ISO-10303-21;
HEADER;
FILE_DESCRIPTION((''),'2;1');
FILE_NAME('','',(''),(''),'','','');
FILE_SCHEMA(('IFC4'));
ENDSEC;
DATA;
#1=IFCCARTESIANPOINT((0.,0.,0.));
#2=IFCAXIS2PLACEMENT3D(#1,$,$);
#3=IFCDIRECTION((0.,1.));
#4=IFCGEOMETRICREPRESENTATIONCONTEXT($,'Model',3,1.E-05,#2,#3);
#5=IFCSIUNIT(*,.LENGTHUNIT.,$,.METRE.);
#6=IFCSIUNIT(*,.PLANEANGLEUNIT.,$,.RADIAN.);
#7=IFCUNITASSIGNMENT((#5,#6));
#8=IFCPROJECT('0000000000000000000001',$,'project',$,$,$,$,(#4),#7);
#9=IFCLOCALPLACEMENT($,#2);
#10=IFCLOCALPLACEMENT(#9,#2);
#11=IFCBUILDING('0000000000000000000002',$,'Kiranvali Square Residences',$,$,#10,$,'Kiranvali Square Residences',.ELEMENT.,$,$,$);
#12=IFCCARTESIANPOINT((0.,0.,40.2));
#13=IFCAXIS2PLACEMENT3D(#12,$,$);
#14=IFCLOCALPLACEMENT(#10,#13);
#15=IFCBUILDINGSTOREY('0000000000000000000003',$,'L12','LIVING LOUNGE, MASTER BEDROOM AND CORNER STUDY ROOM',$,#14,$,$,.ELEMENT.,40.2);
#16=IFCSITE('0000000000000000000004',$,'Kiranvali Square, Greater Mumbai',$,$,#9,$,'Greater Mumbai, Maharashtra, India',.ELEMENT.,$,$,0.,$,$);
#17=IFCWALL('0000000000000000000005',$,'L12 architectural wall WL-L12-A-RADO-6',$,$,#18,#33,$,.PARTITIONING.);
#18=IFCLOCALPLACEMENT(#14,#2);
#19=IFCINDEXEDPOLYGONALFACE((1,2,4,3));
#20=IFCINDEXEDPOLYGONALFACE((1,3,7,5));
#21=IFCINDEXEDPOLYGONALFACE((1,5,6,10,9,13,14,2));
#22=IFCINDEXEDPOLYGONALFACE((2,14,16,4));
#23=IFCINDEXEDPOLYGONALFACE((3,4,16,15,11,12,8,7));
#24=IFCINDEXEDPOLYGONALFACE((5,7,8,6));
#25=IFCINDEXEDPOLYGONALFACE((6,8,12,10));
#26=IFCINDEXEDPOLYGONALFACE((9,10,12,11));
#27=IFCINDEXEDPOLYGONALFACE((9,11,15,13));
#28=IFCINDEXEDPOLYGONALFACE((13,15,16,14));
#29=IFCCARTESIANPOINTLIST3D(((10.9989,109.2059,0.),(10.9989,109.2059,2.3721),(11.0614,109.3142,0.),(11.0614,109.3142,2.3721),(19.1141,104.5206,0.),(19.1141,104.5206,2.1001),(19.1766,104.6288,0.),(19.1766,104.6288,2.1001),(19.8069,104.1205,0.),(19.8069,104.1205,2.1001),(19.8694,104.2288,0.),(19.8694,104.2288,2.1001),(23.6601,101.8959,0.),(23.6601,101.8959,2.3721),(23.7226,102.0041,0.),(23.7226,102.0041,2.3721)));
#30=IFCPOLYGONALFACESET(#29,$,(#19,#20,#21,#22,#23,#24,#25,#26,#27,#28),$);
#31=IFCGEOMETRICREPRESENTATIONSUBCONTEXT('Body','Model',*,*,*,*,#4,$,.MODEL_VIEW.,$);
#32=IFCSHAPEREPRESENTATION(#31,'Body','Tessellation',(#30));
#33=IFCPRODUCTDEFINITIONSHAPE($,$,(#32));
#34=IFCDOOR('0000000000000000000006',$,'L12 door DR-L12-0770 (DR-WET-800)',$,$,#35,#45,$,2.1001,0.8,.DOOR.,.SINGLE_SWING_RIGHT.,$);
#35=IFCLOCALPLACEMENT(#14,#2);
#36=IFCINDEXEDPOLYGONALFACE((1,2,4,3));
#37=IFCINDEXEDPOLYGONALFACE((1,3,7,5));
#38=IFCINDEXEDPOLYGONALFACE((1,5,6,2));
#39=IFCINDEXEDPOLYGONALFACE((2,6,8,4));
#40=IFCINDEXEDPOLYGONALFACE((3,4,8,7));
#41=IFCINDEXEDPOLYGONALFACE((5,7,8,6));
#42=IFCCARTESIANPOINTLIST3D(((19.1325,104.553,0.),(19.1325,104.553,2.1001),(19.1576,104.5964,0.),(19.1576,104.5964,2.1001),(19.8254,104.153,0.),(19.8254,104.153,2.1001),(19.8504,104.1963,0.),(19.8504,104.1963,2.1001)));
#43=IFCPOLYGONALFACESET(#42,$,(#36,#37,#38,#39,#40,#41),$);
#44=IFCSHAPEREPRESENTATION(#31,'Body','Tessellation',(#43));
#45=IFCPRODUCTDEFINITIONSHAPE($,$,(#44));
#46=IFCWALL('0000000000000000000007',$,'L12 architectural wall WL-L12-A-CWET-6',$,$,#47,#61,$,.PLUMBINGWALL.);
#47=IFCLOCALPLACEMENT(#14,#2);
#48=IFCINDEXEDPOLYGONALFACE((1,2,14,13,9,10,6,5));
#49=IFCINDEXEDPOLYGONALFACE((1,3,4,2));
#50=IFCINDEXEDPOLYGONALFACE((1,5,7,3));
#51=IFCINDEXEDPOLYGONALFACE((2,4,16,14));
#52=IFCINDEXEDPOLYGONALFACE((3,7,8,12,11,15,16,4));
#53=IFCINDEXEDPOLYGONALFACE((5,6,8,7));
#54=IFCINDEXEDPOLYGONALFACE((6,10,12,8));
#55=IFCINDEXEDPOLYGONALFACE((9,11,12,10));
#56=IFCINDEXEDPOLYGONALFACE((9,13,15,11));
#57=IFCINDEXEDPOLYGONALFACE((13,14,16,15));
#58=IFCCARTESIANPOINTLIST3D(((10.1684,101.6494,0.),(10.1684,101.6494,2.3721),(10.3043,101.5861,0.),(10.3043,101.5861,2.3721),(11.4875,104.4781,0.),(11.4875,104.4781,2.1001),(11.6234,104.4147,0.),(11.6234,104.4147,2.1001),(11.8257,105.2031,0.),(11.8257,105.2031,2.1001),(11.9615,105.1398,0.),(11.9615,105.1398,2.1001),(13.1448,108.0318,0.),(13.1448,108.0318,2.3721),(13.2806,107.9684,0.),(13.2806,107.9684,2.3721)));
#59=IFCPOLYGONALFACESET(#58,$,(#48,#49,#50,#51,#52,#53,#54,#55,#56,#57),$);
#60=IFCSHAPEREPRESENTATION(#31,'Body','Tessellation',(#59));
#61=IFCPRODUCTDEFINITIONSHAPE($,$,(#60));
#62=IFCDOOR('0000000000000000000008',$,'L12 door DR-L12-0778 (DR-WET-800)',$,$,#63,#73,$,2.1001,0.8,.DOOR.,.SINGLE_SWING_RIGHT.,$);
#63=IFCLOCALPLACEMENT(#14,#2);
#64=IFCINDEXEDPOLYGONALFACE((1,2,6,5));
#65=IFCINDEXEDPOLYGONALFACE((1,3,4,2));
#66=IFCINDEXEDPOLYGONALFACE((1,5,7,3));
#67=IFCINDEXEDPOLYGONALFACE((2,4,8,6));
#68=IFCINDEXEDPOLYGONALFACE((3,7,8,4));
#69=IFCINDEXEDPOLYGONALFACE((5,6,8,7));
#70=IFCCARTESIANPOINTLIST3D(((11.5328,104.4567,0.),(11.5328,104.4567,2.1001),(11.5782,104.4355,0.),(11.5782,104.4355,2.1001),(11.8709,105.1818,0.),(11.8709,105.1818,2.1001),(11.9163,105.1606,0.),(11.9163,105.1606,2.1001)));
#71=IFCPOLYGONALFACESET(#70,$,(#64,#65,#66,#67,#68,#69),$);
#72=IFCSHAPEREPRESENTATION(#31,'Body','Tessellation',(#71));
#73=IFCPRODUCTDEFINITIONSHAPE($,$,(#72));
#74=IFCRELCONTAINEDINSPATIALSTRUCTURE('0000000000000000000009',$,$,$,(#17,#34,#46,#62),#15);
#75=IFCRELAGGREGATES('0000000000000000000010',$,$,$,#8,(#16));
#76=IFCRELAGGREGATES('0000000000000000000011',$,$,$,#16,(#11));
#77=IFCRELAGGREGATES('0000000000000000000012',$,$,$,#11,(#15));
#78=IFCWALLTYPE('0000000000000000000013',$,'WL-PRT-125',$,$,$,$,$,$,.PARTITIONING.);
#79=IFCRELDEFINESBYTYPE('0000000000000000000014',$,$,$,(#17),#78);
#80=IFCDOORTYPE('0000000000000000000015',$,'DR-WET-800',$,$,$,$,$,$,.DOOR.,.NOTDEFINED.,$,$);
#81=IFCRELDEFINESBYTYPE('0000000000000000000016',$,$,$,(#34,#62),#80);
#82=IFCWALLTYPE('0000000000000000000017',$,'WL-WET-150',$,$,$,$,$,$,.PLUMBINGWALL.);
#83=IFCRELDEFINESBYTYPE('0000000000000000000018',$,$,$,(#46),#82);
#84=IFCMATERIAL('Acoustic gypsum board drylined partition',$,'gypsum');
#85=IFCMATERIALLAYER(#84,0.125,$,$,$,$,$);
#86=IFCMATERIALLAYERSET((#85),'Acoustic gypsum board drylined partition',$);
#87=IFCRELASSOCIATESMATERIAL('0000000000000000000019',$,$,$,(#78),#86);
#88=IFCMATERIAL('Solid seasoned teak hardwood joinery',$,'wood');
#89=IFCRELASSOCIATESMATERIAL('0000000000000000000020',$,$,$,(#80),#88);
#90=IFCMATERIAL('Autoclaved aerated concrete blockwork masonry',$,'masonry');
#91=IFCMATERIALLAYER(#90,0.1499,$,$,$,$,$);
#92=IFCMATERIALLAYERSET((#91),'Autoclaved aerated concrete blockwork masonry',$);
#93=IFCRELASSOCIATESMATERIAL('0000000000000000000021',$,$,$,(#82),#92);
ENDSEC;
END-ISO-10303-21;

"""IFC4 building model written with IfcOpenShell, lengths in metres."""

from ifc_helpers import new_model, si_unit, direction, frame, frame_2d, origin, place, context, subcontext, project, spatial, rectangle, extrude, material, layer, layer_set, type_object, element, fill, save


model = new_model("IFC4")

# Units and contexts
model_context = context("Model", 3, precision=1e-05, world=origin(), true_north=direction((0.0, 1.0)))
body_context = subcontext(model_context, "Body", "Model", "MODEL_VIEW")
ifc_project = project(units=[si_unit("LENGTHUNIT", "METRE"), si_unit("PLANEANGLEUNIT", "RADIAN")], contexts=[model_context])

# Site, building, storey
site_placement = place(None, origin())
site = spatial("IfcSite", under=ifc_project, at=site_placement, Name="Kiranvali Square, Greater Mumbai", LongName="Greater Mumbai, Maharashtra, India", CompositionType="ELEMENT", RefElevation=0.0)
building_placement = place(site_placement, origin())
building = spatial("IfcBuilding", under=site, at=building_placement, Name="Kiranvali Square Residences", LongName="Kiranvali Square Residences", CompositionType="ELEMENT")
storey_placement = place(building_placement, frame((0.0, 0.0, 40.2)))
storey = spatial("IfcBuildingStorey", under=building, at=storey_placement, Name="L12", Description="LIVING LOUNGE, MASTER BEDROOM AND CORNER STUDY ROOM", CompositionType="ELEMENT", Elevation=40.2)

# Shared definitions
ifc_material_1 = material(Name="Autoclaved aerated concrete blockwork masonry", Category="masonry")

# Walls, openings, doors
ifc_material_2 = material(Name="Acoustic gypsum board drylined partition", Category="gypsum")
ifc_layer_1 = layer(ifc_material_2, 0.125)
ifc_layer_set_1 = layer_set([ifc_layer_1], Name="Acoustic gypsum board drylined partition")
wall_type_1 = type_object("IfcWallType", Name="WL-PRT-125", PredefinedType="PARTITIONING", material=ifc_layer_set_1)
wall_1_placement = place(storey_placement, frame((23.6914, 101.95, 0.0), z_axis=(0.0, 0.0, 1.0), x_axis=(-0.866021, 0.500008, 0.0)))
wall_1 = element("IfcWall", 1, at=wall_1_placement, inside=storey, type_object=wall_type_1, Name="L12 architectural wall WL-L12-A-RADO-6", PredefinedType="PARTITIONING", context=body_context, shape_type="SweptSolid", body=[
    extrude(rectangle(XDim=14.6199, YDim=0.125, at=frame_2d((7.3101, 0.0))), origin(), (0.0, 0.0, 1.0), 2.3721),
])
opening_1_placement = place(wall_1_placement, frame((4.4495, 0.0, 0.0)))
opening_1 = element("IfcOpeningElement", 2, at=opening_1_placement, cuts=wall_1, PredefinedType="OPENING", context=body_context, shape_type="SweptSolid", body=[
    extrude(rectangle(XDim=0.8, YDim=2.1001, at=frame_2d((0.3999, 1.05))), frame((0.0, 0.0725, 0.0), z_axis=(0.0, -1.0, 0.0), x_axis=(1.0, 0.0, 0.0)), (0.0, 0.0, 1.0), 0.145),
])
ifc_material_3 = material(Name="Solid seasoned teak hardwood joinery", Category="wood")
door_type_1 = type_object("IfcDoorType", Name="DR-WET-800", OperationType="NOTDEFINED", PredefinedType="DOOR", material=ifc_material_3)
door_1_placement = place(opening_1_placement, frame((0.8, 0.0, 0.0), z_axis=(0.0, 0.0, 1.0), x_axis=(-1.0, 0.0, 0.0)))
door_1 = element("IfcDoor", 3, at=door_1_placement, inside=storey, type_object=door_type_1, Name="L12 door DR-L12-0770 (DR-WET-800)", OperationType="SINGLE_SWING_RIGHT", OverallHeight=2.1001, OverallWidth=0.8, PredefinedType="DOOR", context=body_context, shape_type="SweptSolid", body=[
    extrude(rectangle(XDim=0.8, YDim=2.1001, at=frame_2d((0.3999, 1.05))), frame((0.0, 0.0249, 0.0), z_axis=(0.0, -1.0, 0.0), x_axis=(1.0, 0.0, 0.0)), (0.0, 0.0, 1.0), 0.05),
])
fill(opening_1, door_1)
ifc_layer_2 = layer(ifc_material_1, 0.1499)
ifc_layer_set_2 = layer_set([ifc_layer_2], Name="Autoclaved aerated concrete blockwork masonry")
wall_type_2 = type_object("IfcWallType", Name="WL-WET-150", PredefinedType="PLUMBINGWALL", material=ifc_layer_set_2)
wall_2_placement = place(storey_placement, frame((13.2126, 108.0, 0.0), z_axis=(0.0, 0.0, 1.0), x_axis=(-0.422641, -0.906297, 0.0)))
wall_2 = element("IfcWall", 4, at=wall_2_placement, inside=storey, type_object=wall_type_2, Name="L12 architectural wall WL-L12-A-CWET-6", PredefinedType="PLUMBINGWALL", context=body_context, shape_type="SweptSolid", body=[
    extrude(rectangle(XDim=7.0422, YDim=0.1499, at=frame_2d((3.521, 0.0))), origin(), (0.0, 0.0, 1.0), 2.3721),
])
opening_2_placement = place(wall_2_placement, frame((3.1211, 0.0, 0.0)))
opening_2 = element("IfcOpeningElement", 5, at=opening_2_placement, cuts=wall_2, PredefinedType="OPENING", context=body_context, shape_type="SweptSolid", body=[
    extrude(rectangle(XDim=0.8, YDim=2.1001, at=frame_2d((0.3999, 1.05))), frame((0.0, 0.085, 0.0), z_axis=(0.0, -1.0, 0.0), x_axis=(1.0, 0.0, 0.0)), (0.0, 0.0, 1.0), 0.1699),
])
door_2_placement = place(opening_2_placement, frame((0.8, 0.0, 0.0), z_axis=(0.0, 0.0, 1.0), x_axis=(-1.0, 0.0, 0.0)))
door_2 = element("IfcDoor", 6, at=door_2_placement, inside=storey, type_object=door_type_1, Name="L12 door DR-L12-0778 (DR-WET-800)", OperationType="SINGLE_SWING_RIGHT", OverallHeight=2.1001, OverallWidth=0.8, PredefinedType="DOOR", context=body_context, shape_type="SweptSolid", body=[
    extrude(rectangle(XDim=0.8, YDim=2.1001, at=frame_2d((0.3999, 1.05))), frame((0.0, 0.0249, 0.0), z_axis=(0.0, -1.0, 0.0), x_axis=(1.0, 0.0, 0.0)), (0.0, 0.0, 1.0), 0.05),
])
fill(opening_2, door_2)

save(model, "model.ifc")
